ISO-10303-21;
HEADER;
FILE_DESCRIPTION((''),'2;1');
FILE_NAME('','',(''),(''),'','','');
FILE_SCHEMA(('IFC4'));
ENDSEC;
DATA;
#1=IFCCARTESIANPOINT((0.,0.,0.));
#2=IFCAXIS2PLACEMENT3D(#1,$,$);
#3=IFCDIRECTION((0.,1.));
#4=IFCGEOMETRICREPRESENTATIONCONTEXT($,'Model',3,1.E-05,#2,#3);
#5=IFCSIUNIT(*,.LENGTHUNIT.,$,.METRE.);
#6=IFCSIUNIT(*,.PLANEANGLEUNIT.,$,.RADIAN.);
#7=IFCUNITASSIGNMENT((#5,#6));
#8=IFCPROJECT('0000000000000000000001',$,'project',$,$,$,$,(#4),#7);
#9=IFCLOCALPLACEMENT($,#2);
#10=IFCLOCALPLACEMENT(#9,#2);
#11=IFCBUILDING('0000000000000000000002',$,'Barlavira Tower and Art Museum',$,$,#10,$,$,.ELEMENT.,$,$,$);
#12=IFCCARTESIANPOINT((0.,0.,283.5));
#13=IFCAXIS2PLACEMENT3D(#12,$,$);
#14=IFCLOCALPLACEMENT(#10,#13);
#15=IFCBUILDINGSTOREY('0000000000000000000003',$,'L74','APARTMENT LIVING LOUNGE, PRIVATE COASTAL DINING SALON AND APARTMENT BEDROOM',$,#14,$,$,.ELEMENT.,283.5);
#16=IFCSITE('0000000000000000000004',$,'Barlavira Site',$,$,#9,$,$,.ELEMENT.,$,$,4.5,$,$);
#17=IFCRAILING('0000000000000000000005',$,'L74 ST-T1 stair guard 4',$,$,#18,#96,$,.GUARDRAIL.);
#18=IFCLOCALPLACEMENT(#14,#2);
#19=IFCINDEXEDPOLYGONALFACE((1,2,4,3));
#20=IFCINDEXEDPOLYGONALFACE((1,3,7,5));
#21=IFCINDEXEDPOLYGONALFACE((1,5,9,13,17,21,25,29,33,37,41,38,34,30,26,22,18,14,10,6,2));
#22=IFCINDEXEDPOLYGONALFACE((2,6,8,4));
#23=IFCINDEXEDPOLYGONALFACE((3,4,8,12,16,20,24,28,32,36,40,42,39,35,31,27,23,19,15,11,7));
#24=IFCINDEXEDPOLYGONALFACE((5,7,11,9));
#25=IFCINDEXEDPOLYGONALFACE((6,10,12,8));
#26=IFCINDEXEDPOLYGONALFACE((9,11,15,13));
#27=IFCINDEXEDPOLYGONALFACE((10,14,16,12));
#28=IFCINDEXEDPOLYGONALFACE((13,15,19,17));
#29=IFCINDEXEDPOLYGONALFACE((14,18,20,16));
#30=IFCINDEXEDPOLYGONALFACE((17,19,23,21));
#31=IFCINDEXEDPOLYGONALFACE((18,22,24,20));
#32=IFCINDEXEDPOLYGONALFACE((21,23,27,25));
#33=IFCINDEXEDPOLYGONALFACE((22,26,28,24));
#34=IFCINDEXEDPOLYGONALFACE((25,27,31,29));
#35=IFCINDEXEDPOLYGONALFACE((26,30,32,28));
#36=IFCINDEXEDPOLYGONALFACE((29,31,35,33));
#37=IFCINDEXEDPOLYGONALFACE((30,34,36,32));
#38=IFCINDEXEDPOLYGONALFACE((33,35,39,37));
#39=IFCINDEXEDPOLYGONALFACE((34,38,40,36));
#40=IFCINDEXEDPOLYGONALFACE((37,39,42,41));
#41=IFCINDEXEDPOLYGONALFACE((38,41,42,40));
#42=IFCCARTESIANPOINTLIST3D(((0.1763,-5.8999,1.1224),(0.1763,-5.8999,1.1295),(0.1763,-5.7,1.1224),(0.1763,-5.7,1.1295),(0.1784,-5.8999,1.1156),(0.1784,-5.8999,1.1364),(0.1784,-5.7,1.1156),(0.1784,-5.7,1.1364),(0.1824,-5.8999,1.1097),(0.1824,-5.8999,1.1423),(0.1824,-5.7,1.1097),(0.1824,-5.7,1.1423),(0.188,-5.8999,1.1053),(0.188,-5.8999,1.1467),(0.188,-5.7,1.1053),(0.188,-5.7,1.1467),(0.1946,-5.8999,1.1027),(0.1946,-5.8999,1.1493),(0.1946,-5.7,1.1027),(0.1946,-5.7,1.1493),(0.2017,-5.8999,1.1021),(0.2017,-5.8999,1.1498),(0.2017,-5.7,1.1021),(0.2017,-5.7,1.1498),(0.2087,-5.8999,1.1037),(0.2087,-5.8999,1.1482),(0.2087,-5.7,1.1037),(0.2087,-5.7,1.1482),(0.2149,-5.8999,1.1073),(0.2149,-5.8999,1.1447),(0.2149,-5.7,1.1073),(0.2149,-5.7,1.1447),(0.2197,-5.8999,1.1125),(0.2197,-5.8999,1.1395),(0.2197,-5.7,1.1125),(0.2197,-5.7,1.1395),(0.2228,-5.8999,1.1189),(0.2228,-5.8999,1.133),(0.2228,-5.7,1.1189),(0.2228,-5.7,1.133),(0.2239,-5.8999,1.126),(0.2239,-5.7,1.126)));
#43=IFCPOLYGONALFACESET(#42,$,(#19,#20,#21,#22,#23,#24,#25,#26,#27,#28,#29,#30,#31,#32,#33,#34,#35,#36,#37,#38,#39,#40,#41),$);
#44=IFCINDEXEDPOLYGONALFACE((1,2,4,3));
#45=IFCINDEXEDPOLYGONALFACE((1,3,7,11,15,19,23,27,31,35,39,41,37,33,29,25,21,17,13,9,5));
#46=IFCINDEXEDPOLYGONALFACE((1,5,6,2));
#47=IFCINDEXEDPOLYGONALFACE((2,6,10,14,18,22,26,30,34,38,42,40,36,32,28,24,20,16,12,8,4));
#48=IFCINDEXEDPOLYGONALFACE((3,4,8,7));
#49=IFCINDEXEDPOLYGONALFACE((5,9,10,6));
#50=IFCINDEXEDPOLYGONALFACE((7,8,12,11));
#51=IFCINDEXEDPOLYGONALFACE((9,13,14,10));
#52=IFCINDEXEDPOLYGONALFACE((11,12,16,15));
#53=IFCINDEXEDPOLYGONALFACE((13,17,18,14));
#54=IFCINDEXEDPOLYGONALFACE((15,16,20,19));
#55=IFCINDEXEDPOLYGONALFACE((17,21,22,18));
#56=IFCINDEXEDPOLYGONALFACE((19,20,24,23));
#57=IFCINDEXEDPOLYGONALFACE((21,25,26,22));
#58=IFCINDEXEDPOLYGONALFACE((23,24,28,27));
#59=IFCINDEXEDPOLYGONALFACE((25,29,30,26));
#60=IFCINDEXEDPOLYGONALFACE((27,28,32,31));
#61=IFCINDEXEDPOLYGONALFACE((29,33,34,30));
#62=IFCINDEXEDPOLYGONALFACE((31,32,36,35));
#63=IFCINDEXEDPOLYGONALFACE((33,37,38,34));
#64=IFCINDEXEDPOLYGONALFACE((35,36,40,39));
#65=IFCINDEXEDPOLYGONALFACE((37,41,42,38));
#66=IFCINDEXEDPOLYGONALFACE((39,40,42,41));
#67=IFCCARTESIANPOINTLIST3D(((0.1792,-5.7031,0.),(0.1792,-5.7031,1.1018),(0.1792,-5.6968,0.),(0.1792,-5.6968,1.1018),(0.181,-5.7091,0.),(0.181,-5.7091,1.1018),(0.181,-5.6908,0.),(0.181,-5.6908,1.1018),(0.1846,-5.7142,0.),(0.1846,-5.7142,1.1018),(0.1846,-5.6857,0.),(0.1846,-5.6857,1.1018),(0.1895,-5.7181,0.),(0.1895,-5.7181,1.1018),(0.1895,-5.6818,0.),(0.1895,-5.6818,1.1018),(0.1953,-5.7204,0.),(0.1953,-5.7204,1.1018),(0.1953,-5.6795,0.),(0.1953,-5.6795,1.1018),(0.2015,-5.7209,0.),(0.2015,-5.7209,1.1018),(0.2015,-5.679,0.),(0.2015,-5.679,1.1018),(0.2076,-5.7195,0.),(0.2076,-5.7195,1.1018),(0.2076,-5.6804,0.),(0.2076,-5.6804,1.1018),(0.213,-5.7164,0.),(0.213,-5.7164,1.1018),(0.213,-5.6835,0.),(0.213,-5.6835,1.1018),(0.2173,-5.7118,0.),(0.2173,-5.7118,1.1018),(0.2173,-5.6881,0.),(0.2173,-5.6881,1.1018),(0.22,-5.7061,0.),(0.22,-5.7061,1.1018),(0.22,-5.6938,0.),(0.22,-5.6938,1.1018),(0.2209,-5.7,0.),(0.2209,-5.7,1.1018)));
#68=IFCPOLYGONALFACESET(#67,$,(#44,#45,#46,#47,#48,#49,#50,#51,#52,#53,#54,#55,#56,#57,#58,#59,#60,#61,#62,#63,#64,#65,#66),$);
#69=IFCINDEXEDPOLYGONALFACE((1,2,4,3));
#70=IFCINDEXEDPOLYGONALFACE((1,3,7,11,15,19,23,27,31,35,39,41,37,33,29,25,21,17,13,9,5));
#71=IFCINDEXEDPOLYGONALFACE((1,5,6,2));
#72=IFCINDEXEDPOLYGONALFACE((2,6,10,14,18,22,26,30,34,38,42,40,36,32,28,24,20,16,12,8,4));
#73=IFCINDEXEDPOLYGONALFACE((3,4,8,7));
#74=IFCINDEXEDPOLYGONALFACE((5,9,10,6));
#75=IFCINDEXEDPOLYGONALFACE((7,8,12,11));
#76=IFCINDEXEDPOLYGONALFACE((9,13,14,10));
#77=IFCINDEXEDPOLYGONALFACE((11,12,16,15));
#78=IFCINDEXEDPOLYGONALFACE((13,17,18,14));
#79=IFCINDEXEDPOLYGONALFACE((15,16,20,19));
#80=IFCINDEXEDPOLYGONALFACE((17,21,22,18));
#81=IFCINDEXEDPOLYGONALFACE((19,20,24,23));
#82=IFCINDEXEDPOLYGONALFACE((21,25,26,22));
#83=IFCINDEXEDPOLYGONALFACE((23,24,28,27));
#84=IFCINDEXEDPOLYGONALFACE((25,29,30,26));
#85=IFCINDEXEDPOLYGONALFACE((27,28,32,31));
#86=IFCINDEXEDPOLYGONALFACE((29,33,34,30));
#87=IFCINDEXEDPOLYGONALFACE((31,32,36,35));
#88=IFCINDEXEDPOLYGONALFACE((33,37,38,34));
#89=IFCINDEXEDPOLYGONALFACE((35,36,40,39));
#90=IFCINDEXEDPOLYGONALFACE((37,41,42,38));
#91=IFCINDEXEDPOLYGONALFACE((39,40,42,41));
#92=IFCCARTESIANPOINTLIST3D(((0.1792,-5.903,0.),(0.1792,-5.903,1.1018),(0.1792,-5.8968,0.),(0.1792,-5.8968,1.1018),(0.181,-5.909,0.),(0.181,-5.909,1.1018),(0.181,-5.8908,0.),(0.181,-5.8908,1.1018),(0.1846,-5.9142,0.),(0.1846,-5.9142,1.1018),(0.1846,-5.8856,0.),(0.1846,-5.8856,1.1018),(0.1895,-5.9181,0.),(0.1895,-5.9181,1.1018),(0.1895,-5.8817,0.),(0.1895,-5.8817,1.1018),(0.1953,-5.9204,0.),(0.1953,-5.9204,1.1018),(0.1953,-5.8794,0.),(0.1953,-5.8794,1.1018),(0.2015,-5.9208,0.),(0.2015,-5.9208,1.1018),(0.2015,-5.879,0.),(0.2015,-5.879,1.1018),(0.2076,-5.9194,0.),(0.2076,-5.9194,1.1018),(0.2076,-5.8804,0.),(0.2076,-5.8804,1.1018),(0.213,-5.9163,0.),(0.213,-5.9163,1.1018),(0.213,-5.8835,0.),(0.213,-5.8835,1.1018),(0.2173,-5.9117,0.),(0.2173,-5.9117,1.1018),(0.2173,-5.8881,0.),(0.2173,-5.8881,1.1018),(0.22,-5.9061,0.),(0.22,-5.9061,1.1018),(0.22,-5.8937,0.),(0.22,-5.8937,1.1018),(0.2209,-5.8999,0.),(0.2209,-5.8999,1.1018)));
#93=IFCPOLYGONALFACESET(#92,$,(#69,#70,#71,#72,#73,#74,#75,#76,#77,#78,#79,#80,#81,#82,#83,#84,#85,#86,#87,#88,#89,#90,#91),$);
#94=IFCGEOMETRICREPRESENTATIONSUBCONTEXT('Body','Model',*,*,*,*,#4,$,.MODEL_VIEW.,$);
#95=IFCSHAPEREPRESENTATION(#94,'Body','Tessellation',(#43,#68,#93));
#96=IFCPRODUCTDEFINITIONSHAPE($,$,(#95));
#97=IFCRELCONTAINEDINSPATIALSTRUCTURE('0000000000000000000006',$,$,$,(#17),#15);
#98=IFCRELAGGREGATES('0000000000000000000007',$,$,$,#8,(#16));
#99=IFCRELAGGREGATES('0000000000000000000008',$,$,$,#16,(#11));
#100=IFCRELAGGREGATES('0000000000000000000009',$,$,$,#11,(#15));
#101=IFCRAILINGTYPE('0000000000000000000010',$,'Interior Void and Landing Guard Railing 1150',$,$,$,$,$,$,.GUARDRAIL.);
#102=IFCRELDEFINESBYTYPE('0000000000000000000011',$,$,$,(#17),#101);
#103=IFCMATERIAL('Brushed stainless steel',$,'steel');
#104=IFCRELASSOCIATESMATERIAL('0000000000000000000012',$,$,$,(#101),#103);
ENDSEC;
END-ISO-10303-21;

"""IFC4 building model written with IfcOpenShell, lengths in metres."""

from ifc_helpers import new_model, si_unit, direction, frame, origin, origin_2d, place, context, subcontext, project, spatial, circle, extrude, material, type_object, element, save


model = new_model("IFC4")

# Units and contexts
model_context = context("Model", 3, precision=1e-05, world=origin(), true_north=direction((0.0, 1.0)))
body_context = subcontext(model_context, "Body", "Model", "MODEL_VIEW")
ifc_project = project(units=[si_unit("LENGTHUNIT", "METRE"), si_unit("PLANEANGLEUNIT", "RADIAN")], contexts=[model_context])

# Site, building, storey
site_placement = place(None, origin())
site = spatial("IfcSite", under=ifc_project, at=site_placement, Name="Barlavira Site", CompositionType="ELEMENT", RefElevation=4.5)
building_placement = place(site_placement, origin())
building = spatial("IfcBuilding", under=site, at=building_placement, Name="Barlavira Tower and Art Museum", CompositionType="ELEMENT")
storey_placement = place(building_placement, frame((0.0, 0.0, 283.5)))
storey = spatial("IfcBuildingStorey", under=building, at=storey_placement, Name="L74", Description="APARTMENT LIVING LOUNGE, PRIVATE COASTAL DINING SALON AND APARTMENT BEDROOM", CompositionType="ELEMENT", Elevation=283.5)

# Shared definitions
ifc_material_1 = material(Name="Brushed stainless steel", Category="steel")

# Railing
railing_type_1 = type_object("IfcRailingType", Name="Interior Void and Landing Guard Railing 1150", PredefinedType="GUARDRAIL", material=ifc_material_1)
railing_1_placement = place(storey_placement, frame((0.2, -5.7, 0.0)))
element("IfcRailing", 1, at=railing_1_placement, inside=storey, type_object=railing_type_1, Name="L74 ST-T1 stair guard 4", PredefinedType="GUARDRAIL", context=body_context, shape_type="SweptSolid", body=[
    extrude(circle(Radius=0.0239, at=origin_2d()), frame((0.0, 0.0, 1.126), z_axis=(0.0, -1.0, 0.0), x_axis=(1.0, 0.0, 0.0)), (0.0, 0.0, 1.0), 0.2),
    extrude(circle(Radius=0.021, at=origin_2d()), origin(), (0.0, 0.0, 1.0), 1.1018),
    extrude(circle(Radius=0.021, at=origin_2d()), frame((0.0, -0.2, 0.0)), (0.0, 0.0, 1.0), 1.1018),
])

save(model, "model.ifc")
